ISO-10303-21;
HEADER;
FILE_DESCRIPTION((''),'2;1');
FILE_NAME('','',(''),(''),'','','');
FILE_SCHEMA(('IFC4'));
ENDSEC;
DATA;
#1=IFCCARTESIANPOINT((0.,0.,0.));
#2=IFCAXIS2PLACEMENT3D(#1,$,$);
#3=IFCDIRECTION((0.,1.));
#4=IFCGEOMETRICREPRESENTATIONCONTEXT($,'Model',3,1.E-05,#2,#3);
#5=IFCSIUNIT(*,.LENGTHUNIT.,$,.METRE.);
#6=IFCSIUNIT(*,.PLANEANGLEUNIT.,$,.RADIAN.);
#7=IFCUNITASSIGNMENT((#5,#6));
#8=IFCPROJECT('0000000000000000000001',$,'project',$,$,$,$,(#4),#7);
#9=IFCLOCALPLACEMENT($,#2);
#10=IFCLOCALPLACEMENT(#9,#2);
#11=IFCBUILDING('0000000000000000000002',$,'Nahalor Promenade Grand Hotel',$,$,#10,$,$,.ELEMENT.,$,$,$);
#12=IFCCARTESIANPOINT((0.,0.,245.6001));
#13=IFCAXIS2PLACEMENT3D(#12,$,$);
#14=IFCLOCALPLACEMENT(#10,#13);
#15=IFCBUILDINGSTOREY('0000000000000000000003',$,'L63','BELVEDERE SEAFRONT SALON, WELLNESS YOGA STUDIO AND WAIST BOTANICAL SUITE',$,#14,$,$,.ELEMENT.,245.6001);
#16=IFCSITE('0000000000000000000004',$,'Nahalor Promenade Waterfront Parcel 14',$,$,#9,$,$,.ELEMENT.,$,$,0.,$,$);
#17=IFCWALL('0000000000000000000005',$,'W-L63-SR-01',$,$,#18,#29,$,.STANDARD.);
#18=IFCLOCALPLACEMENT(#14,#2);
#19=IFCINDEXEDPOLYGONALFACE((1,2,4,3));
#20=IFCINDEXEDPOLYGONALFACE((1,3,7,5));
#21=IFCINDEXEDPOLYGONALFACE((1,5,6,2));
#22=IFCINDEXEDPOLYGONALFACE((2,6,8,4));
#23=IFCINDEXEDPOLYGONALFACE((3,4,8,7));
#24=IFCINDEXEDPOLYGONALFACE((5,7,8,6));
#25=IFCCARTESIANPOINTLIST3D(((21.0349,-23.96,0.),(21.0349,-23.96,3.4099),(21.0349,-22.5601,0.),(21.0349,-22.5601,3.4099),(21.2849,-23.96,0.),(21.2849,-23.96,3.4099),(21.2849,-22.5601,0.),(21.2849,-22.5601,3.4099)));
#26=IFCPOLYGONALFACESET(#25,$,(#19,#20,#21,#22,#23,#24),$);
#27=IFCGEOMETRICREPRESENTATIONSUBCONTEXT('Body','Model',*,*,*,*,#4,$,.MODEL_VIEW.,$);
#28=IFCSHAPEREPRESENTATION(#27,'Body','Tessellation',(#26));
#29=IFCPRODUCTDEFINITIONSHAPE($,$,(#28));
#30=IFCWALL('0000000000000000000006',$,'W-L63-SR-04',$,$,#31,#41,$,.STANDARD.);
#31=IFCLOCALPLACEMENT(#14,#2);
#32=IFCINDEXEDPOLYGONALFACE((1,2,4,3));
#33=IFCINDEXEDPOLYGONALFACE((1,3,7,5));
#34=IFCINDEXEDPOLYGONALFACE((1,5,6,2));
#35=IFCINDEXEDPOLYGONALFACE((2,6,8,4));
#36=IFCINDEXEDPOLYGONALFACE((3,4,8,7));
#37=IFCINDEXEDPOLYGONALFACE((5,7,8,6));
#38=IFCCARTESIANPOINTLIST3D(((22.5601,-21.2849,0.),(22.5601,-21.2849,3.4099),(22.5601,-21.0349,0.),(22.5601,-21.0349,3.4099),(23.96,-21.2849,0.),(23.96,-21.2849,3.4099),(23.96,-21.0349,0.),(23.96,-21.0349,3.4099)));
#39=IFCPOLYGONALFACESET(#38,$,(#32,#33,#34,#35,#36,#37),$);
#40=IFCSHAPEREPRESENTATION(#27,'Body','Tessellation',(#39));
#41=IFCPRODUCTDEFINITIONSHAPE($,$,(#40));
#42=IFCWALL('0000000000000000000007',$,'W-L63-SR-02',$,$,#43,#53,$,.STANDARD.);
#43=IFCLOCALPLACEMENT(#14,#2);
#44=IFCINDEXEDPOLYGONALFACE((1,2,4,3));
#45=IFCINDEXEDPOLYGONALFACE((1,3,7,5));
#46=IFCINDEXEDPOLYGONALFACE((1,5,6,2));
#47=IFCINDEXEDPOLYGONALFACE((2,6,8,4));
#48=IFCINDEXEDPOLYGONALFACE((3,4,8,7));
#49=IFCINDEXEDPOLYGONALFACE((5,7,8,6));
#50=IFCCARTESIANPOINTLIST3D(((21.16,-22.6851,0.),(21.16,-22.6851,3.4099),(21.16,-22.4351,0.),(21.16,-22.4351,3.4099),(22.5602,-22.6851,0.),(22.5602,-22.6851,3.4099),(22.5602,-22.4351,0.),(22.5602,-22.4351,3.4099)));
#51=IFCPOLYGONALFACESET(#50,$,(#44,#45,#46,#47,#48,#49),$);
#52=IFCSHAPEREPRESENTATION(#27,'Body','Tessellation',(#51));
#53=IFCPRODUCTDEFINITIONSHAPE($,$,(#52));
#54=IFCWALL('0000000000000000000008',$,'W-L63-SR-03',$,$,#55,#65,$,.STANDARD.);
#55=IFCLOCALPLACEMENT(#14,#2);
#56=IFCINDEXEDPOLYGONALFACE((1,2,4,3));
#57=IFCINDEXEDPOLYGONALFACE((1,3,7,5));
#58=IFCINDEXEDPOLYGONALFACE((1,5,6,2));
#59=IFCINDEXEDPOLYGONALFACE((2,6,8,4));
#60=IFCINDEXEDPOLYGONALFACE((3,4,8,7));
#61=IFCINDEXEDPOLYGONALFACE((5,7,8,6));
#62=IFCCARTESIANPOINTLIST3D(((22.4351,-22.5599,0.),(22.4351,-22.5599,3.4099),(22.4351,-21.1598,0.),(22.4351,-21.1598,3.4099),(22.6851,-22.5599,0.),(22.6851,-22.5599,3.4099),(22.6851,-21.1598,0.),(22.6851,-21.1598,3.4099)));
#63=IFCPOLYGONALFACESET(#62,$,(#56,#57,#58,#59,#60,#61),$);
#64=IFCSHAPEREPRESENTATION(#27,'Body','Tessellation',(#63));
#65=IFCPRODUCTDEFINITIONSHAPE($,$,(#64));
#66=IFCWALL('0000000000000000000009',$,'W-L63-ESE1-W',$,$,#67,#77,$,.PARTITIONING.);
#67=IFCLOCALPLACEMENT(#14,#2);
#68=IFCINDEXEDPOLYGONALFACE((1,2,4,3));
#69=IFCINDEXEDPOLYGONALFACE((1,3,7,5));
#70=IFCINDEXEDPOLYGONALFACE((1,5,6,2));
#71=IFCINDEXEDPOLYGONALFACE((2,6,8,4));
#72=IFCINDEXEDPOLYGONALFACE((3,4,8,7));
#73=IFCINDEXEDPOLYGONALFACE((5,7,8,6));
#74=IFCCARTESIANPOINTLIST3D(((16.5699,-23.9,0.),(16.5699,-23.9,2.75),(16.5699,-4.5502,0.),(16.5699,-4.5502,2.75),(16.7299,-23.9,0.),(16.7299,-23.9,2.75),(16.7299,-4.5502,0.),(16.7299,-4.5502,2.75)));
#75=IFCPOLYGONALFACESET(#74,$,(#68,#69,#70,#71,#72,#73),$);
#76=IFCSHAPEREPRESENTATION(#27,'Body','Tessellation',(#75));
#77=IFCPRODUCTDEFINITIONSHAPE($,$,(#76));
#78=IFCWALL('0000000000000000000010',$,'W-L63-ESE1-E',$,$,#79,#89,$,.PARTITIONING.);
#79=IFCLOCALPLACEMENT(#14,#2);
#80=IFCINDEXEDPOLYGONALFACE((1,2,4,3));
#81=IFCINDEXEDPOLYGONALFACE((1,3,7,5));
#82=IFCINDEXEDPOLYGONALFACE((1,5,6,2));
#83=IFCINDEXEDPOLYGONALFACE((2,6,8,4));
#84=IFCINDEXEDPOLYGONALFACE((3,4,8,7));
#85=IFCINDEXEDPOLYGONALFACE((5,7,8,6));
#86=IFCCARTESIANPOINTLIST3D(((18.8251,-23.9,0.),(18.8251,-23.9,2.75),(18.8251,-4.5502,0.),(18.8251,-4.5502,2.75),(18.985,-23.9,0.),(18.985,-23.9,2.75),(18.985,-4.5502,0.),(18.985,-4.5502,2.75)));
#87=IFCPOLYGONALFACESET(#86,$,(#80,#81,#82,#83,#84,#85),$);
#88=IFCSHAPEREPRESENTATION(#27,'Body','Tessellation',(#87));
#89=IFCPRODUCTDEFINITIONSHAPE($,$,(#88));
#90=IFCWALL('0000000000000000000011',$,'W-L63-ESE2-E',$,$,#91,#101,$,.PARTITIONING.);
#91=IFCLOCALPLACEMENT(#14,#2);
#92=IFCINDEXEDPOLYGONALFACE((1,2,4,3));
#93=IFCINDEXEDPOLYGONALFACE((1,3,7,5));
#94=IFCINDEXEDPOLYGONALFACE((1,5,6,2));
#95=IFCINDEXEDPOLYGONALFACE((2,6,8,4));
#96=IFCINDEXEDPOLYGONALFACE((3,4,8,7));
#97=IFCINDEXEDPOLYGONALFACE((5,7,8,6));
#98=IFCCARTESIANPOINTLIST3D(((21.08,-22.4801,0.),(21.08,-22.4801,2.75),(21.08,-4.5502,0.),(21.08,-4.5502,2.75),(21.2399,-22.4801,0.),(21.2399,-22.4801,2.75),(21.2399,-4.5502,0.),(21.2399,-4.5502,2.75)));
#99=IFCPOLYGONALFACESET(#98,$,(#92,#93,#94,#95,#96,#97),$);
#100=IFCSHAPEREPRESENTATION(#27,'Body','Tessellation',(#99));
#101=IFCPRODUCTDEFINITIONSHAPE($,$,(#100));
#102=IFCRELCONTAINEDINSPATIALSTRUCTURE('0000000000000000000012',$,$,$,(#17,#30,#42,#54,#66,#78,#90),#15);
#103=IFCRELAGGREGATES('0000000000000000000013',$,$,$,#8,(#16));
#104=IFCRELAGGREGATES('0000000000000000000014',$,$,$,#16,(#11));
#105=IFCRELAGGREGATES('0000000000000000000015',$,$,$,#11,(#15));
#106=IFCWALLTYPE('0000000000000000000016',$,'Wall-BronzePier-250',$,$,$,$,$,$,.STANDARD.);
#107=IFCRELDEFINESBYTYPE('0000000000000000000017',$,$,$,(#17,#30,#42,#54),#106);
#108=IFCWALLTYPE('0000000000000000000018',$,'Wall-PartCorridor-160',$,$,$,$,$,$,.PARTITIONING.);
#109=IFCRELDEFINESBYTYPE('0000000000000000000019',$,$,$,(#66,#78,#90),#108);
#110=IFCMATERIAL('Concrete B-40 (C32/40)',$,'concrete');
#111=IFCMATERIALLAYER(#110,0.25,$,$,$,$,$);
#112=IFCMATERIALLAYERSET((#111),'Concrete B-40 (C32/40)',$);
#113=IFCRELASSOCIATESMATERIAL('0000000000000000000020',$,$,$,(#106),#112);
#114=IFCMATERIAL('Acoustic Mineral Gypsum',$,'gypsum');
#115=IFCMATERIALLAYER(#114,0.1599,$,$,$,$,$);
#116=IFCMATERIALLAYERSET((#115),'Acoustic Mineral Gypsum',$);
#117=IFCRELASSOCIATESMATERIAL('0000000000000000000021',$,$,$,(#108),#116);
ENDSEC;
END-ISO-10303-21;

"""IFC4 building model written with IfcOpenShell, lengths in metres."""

from ifc_helpers import new_model, si_unit, direction, frame, frame_2d, origin, place, context, subcontext, project, spatial, rectangle, extrude, source, transform, mapped, material, layer, layer_set, type_object, element, save


model = new_model("IFC4")

# Units and contexts
model_context = context("Model", 3, precision=1e-05, world=origin(), true_north=direction((0.0, 1.0)))
body_context = subcontext(model_context, "Body", "Model", "MODEL_VIEW")
ifc_project = project(units=[si_unit("LENGTHUNIT", "METRE"), si_unit("PLANEANGLEUNIT", "RADIAN")], contexts=[model_context])

# Site, building, storey
site_placement = place(None, origin())
site = spatial("IfcSite", under=ifc_project, at=site_placement, Name="Nahalor Promenade Waterfront Parcel 14", CompositionType="ELEMENT", RefElevation=0.0)
building_placement = place(site_placement, origin())
building = spatial("IfcBuilding", under=site, at=building_placement, Name="Nahalor Promenade Grand Hotel", CompositionType="ELEMENT")
storey_placement = place(building_placement, frame((0.0, 0.0, 245.6001)))
storey = spatial("IfcBuildingStorey", under=building, at=storey_placement, Name="L63", Description="BELVEDERE SEAFRONT SALON, WELLNESS YOGA STUDIO AND WAIST BOTANICAL SUITE", CompositionType="ELEMENT", Elevation=245.6001)

# Walls
ifc_material_1 = material(Name="Concrete B-40 (C32/40)", Category="concrete")
ifc_layer_1 = layer(ifc_material_1, 0.25)
ifc_layer_set_1 = layer_set([ifc_layer_1], Name="Concrete B-40 (C32/40)")
wall_type_1 = type_object("IfcWallType", Name="Wall-BronzePier-250", PredefinedType="STANDARD", material=ifc_layer_set_1)
shared_shape_1 = source(origin(), body_context, "Body", "SweptSolid", [
    extrude(rectangle(XDim=1.3999, YDim=0.25, at=frame_2d((0.7, 0.0))), origin(), (0.0, 0.0, 1.0), 3.4099),
])
for number, where, z_axis, x_axis, name in (
    (1, (21.1599, -23.96, 0.0), (0.0, 0.0, 1.0), (0.0, 1.0, 0.0), "W-L63-SR-01"),
    (2, (22.5601, -21.1599, 0.0), (0.0, 0.0, 1.0), (1.0, 0.0, 0.0), "W-L63-SR-04"),
):
    element("IfcWall", number, at=place(storey_placement, frame(where, z_axis=z_axis, x_axis=x_axis)), inside=storey, type_object=wall_type_1, Name=name, PredefinedType="STANDARD", context=body_context, shape_type="MappedRepresentation", body=[
        mapped(shared_shape_1, transform((0.0, 0.0, 0.0), scale=1.0)),
    ])
shared_shape_2 = source(origin(), body_context, "Body", "SweptSolid", [
    extrude(rectangle(XDim=1.4001, YDim=0.25, at=frame_2d((0.7002, 0.0))), origin(), (0.0, 0.0, 1.0), 3.4099),
])
for number, where, z_axis, x_axis, name in (
    (3, (21.1599, -22.5601, 0.0), (0.0, 0.0, 1.0), (1.0, 0.0, 0.0), "W-L63-SR-02"),
    (4, (22.5601, -22.5601, 0.0), (0.0, 0.0, 1.0), (0.0, 1.0, 0.0), "W-L63-SR-03"),
):
    element("IfcWall", number, at=place(storey_placement, frame(where, z_axis=z_axis, x_axis=x_axis)), inside=storey, type_object=wall_type_1, Name=name, PredefinedType="STANDARD", context=body_context, shape_type="MappedRepresentation", body=[
        mapped(shared_shape_2, transform((0.0, 0.0, 0.0), scale=1.0)),
    ])
ifc_material_2 = material(Name="Acoustic Mineral Gypsum", Category="gypsum")
ifc_layer_2 = layer(ifc_material_2, 0.1599)
ifc_layer_set_2 = layer_set([ifc_layer_2], Name="Acoustic Mineral Gypsum")
wall_type_2 = type_object("IfcWallType", Name="Wall-PartCorridor-160", PredefinedType="PARTITIONING", material=ifc_layer_set_2)
shared_shape_3 = source(origin(), body_context, "Body", "SweptSolid", [
    extrude(rectangle(XDim=19.3499, YDim=0.1599, at=frame_2d((9.6748, 0.0))), origin(), (0.0, 0.0, 1.0), 2.75),
])
for number, where, z_axis, x_axis, name in (
    (5, (16.6499, -23.8999, 0.0), (0.0, 0.0, 1.0), (0.0, 1.0, 0.0), "W-L63-ESE1-W"),
    (6, (18.905, -23.8999, 0.0), (0.0, 0.0, 1.0), (0.0, 1.0, 0.0), "W-L63-ESE1-E"),
):
    element("IfcWall", number, at=place(storey_placement, frame(where, z_axis=z_axis, x_axis=x_axis)), inside=storey, type_object=wall_type_2, Name=name, PredefinedType="PARTITIONING", context=body_context, shape_type="MappedRepresentation", body=[
        mapped(shared_shape_3, transform((0.0, 0.0, 0.0), scale=1.0)),
    ])
shared_shape_4 = source(origin(), body_context, "Body", "SweptSolid", [
    extrude(rectangle(XDim=17.9299, YDim=0.1599, at=frame_2d((8.9648, 0.0))), origin(), (0.0, 0.0, 1.0), 2.75),
])
wall_1_placement = place(storey_placement, frame((21.1599, -22.48, 0.0), z_axis=(0.0, 0.0, 1.0), x_axis=(0.0, 1.0, 0.0)))
element("IfcWall", 7, at=wall_1_placement, inside=storey, type_object=wall_type_2, Name="W-L63-ESE2-E", PredefinedType="PARTITIONING", context=body_context, shape_type="MappedRepresentation", body=[
    mapped(shared_shape_4, transform((0.0, 0.0, 0.0), scale=1.0)),
])

save(model, "model.ifc")
